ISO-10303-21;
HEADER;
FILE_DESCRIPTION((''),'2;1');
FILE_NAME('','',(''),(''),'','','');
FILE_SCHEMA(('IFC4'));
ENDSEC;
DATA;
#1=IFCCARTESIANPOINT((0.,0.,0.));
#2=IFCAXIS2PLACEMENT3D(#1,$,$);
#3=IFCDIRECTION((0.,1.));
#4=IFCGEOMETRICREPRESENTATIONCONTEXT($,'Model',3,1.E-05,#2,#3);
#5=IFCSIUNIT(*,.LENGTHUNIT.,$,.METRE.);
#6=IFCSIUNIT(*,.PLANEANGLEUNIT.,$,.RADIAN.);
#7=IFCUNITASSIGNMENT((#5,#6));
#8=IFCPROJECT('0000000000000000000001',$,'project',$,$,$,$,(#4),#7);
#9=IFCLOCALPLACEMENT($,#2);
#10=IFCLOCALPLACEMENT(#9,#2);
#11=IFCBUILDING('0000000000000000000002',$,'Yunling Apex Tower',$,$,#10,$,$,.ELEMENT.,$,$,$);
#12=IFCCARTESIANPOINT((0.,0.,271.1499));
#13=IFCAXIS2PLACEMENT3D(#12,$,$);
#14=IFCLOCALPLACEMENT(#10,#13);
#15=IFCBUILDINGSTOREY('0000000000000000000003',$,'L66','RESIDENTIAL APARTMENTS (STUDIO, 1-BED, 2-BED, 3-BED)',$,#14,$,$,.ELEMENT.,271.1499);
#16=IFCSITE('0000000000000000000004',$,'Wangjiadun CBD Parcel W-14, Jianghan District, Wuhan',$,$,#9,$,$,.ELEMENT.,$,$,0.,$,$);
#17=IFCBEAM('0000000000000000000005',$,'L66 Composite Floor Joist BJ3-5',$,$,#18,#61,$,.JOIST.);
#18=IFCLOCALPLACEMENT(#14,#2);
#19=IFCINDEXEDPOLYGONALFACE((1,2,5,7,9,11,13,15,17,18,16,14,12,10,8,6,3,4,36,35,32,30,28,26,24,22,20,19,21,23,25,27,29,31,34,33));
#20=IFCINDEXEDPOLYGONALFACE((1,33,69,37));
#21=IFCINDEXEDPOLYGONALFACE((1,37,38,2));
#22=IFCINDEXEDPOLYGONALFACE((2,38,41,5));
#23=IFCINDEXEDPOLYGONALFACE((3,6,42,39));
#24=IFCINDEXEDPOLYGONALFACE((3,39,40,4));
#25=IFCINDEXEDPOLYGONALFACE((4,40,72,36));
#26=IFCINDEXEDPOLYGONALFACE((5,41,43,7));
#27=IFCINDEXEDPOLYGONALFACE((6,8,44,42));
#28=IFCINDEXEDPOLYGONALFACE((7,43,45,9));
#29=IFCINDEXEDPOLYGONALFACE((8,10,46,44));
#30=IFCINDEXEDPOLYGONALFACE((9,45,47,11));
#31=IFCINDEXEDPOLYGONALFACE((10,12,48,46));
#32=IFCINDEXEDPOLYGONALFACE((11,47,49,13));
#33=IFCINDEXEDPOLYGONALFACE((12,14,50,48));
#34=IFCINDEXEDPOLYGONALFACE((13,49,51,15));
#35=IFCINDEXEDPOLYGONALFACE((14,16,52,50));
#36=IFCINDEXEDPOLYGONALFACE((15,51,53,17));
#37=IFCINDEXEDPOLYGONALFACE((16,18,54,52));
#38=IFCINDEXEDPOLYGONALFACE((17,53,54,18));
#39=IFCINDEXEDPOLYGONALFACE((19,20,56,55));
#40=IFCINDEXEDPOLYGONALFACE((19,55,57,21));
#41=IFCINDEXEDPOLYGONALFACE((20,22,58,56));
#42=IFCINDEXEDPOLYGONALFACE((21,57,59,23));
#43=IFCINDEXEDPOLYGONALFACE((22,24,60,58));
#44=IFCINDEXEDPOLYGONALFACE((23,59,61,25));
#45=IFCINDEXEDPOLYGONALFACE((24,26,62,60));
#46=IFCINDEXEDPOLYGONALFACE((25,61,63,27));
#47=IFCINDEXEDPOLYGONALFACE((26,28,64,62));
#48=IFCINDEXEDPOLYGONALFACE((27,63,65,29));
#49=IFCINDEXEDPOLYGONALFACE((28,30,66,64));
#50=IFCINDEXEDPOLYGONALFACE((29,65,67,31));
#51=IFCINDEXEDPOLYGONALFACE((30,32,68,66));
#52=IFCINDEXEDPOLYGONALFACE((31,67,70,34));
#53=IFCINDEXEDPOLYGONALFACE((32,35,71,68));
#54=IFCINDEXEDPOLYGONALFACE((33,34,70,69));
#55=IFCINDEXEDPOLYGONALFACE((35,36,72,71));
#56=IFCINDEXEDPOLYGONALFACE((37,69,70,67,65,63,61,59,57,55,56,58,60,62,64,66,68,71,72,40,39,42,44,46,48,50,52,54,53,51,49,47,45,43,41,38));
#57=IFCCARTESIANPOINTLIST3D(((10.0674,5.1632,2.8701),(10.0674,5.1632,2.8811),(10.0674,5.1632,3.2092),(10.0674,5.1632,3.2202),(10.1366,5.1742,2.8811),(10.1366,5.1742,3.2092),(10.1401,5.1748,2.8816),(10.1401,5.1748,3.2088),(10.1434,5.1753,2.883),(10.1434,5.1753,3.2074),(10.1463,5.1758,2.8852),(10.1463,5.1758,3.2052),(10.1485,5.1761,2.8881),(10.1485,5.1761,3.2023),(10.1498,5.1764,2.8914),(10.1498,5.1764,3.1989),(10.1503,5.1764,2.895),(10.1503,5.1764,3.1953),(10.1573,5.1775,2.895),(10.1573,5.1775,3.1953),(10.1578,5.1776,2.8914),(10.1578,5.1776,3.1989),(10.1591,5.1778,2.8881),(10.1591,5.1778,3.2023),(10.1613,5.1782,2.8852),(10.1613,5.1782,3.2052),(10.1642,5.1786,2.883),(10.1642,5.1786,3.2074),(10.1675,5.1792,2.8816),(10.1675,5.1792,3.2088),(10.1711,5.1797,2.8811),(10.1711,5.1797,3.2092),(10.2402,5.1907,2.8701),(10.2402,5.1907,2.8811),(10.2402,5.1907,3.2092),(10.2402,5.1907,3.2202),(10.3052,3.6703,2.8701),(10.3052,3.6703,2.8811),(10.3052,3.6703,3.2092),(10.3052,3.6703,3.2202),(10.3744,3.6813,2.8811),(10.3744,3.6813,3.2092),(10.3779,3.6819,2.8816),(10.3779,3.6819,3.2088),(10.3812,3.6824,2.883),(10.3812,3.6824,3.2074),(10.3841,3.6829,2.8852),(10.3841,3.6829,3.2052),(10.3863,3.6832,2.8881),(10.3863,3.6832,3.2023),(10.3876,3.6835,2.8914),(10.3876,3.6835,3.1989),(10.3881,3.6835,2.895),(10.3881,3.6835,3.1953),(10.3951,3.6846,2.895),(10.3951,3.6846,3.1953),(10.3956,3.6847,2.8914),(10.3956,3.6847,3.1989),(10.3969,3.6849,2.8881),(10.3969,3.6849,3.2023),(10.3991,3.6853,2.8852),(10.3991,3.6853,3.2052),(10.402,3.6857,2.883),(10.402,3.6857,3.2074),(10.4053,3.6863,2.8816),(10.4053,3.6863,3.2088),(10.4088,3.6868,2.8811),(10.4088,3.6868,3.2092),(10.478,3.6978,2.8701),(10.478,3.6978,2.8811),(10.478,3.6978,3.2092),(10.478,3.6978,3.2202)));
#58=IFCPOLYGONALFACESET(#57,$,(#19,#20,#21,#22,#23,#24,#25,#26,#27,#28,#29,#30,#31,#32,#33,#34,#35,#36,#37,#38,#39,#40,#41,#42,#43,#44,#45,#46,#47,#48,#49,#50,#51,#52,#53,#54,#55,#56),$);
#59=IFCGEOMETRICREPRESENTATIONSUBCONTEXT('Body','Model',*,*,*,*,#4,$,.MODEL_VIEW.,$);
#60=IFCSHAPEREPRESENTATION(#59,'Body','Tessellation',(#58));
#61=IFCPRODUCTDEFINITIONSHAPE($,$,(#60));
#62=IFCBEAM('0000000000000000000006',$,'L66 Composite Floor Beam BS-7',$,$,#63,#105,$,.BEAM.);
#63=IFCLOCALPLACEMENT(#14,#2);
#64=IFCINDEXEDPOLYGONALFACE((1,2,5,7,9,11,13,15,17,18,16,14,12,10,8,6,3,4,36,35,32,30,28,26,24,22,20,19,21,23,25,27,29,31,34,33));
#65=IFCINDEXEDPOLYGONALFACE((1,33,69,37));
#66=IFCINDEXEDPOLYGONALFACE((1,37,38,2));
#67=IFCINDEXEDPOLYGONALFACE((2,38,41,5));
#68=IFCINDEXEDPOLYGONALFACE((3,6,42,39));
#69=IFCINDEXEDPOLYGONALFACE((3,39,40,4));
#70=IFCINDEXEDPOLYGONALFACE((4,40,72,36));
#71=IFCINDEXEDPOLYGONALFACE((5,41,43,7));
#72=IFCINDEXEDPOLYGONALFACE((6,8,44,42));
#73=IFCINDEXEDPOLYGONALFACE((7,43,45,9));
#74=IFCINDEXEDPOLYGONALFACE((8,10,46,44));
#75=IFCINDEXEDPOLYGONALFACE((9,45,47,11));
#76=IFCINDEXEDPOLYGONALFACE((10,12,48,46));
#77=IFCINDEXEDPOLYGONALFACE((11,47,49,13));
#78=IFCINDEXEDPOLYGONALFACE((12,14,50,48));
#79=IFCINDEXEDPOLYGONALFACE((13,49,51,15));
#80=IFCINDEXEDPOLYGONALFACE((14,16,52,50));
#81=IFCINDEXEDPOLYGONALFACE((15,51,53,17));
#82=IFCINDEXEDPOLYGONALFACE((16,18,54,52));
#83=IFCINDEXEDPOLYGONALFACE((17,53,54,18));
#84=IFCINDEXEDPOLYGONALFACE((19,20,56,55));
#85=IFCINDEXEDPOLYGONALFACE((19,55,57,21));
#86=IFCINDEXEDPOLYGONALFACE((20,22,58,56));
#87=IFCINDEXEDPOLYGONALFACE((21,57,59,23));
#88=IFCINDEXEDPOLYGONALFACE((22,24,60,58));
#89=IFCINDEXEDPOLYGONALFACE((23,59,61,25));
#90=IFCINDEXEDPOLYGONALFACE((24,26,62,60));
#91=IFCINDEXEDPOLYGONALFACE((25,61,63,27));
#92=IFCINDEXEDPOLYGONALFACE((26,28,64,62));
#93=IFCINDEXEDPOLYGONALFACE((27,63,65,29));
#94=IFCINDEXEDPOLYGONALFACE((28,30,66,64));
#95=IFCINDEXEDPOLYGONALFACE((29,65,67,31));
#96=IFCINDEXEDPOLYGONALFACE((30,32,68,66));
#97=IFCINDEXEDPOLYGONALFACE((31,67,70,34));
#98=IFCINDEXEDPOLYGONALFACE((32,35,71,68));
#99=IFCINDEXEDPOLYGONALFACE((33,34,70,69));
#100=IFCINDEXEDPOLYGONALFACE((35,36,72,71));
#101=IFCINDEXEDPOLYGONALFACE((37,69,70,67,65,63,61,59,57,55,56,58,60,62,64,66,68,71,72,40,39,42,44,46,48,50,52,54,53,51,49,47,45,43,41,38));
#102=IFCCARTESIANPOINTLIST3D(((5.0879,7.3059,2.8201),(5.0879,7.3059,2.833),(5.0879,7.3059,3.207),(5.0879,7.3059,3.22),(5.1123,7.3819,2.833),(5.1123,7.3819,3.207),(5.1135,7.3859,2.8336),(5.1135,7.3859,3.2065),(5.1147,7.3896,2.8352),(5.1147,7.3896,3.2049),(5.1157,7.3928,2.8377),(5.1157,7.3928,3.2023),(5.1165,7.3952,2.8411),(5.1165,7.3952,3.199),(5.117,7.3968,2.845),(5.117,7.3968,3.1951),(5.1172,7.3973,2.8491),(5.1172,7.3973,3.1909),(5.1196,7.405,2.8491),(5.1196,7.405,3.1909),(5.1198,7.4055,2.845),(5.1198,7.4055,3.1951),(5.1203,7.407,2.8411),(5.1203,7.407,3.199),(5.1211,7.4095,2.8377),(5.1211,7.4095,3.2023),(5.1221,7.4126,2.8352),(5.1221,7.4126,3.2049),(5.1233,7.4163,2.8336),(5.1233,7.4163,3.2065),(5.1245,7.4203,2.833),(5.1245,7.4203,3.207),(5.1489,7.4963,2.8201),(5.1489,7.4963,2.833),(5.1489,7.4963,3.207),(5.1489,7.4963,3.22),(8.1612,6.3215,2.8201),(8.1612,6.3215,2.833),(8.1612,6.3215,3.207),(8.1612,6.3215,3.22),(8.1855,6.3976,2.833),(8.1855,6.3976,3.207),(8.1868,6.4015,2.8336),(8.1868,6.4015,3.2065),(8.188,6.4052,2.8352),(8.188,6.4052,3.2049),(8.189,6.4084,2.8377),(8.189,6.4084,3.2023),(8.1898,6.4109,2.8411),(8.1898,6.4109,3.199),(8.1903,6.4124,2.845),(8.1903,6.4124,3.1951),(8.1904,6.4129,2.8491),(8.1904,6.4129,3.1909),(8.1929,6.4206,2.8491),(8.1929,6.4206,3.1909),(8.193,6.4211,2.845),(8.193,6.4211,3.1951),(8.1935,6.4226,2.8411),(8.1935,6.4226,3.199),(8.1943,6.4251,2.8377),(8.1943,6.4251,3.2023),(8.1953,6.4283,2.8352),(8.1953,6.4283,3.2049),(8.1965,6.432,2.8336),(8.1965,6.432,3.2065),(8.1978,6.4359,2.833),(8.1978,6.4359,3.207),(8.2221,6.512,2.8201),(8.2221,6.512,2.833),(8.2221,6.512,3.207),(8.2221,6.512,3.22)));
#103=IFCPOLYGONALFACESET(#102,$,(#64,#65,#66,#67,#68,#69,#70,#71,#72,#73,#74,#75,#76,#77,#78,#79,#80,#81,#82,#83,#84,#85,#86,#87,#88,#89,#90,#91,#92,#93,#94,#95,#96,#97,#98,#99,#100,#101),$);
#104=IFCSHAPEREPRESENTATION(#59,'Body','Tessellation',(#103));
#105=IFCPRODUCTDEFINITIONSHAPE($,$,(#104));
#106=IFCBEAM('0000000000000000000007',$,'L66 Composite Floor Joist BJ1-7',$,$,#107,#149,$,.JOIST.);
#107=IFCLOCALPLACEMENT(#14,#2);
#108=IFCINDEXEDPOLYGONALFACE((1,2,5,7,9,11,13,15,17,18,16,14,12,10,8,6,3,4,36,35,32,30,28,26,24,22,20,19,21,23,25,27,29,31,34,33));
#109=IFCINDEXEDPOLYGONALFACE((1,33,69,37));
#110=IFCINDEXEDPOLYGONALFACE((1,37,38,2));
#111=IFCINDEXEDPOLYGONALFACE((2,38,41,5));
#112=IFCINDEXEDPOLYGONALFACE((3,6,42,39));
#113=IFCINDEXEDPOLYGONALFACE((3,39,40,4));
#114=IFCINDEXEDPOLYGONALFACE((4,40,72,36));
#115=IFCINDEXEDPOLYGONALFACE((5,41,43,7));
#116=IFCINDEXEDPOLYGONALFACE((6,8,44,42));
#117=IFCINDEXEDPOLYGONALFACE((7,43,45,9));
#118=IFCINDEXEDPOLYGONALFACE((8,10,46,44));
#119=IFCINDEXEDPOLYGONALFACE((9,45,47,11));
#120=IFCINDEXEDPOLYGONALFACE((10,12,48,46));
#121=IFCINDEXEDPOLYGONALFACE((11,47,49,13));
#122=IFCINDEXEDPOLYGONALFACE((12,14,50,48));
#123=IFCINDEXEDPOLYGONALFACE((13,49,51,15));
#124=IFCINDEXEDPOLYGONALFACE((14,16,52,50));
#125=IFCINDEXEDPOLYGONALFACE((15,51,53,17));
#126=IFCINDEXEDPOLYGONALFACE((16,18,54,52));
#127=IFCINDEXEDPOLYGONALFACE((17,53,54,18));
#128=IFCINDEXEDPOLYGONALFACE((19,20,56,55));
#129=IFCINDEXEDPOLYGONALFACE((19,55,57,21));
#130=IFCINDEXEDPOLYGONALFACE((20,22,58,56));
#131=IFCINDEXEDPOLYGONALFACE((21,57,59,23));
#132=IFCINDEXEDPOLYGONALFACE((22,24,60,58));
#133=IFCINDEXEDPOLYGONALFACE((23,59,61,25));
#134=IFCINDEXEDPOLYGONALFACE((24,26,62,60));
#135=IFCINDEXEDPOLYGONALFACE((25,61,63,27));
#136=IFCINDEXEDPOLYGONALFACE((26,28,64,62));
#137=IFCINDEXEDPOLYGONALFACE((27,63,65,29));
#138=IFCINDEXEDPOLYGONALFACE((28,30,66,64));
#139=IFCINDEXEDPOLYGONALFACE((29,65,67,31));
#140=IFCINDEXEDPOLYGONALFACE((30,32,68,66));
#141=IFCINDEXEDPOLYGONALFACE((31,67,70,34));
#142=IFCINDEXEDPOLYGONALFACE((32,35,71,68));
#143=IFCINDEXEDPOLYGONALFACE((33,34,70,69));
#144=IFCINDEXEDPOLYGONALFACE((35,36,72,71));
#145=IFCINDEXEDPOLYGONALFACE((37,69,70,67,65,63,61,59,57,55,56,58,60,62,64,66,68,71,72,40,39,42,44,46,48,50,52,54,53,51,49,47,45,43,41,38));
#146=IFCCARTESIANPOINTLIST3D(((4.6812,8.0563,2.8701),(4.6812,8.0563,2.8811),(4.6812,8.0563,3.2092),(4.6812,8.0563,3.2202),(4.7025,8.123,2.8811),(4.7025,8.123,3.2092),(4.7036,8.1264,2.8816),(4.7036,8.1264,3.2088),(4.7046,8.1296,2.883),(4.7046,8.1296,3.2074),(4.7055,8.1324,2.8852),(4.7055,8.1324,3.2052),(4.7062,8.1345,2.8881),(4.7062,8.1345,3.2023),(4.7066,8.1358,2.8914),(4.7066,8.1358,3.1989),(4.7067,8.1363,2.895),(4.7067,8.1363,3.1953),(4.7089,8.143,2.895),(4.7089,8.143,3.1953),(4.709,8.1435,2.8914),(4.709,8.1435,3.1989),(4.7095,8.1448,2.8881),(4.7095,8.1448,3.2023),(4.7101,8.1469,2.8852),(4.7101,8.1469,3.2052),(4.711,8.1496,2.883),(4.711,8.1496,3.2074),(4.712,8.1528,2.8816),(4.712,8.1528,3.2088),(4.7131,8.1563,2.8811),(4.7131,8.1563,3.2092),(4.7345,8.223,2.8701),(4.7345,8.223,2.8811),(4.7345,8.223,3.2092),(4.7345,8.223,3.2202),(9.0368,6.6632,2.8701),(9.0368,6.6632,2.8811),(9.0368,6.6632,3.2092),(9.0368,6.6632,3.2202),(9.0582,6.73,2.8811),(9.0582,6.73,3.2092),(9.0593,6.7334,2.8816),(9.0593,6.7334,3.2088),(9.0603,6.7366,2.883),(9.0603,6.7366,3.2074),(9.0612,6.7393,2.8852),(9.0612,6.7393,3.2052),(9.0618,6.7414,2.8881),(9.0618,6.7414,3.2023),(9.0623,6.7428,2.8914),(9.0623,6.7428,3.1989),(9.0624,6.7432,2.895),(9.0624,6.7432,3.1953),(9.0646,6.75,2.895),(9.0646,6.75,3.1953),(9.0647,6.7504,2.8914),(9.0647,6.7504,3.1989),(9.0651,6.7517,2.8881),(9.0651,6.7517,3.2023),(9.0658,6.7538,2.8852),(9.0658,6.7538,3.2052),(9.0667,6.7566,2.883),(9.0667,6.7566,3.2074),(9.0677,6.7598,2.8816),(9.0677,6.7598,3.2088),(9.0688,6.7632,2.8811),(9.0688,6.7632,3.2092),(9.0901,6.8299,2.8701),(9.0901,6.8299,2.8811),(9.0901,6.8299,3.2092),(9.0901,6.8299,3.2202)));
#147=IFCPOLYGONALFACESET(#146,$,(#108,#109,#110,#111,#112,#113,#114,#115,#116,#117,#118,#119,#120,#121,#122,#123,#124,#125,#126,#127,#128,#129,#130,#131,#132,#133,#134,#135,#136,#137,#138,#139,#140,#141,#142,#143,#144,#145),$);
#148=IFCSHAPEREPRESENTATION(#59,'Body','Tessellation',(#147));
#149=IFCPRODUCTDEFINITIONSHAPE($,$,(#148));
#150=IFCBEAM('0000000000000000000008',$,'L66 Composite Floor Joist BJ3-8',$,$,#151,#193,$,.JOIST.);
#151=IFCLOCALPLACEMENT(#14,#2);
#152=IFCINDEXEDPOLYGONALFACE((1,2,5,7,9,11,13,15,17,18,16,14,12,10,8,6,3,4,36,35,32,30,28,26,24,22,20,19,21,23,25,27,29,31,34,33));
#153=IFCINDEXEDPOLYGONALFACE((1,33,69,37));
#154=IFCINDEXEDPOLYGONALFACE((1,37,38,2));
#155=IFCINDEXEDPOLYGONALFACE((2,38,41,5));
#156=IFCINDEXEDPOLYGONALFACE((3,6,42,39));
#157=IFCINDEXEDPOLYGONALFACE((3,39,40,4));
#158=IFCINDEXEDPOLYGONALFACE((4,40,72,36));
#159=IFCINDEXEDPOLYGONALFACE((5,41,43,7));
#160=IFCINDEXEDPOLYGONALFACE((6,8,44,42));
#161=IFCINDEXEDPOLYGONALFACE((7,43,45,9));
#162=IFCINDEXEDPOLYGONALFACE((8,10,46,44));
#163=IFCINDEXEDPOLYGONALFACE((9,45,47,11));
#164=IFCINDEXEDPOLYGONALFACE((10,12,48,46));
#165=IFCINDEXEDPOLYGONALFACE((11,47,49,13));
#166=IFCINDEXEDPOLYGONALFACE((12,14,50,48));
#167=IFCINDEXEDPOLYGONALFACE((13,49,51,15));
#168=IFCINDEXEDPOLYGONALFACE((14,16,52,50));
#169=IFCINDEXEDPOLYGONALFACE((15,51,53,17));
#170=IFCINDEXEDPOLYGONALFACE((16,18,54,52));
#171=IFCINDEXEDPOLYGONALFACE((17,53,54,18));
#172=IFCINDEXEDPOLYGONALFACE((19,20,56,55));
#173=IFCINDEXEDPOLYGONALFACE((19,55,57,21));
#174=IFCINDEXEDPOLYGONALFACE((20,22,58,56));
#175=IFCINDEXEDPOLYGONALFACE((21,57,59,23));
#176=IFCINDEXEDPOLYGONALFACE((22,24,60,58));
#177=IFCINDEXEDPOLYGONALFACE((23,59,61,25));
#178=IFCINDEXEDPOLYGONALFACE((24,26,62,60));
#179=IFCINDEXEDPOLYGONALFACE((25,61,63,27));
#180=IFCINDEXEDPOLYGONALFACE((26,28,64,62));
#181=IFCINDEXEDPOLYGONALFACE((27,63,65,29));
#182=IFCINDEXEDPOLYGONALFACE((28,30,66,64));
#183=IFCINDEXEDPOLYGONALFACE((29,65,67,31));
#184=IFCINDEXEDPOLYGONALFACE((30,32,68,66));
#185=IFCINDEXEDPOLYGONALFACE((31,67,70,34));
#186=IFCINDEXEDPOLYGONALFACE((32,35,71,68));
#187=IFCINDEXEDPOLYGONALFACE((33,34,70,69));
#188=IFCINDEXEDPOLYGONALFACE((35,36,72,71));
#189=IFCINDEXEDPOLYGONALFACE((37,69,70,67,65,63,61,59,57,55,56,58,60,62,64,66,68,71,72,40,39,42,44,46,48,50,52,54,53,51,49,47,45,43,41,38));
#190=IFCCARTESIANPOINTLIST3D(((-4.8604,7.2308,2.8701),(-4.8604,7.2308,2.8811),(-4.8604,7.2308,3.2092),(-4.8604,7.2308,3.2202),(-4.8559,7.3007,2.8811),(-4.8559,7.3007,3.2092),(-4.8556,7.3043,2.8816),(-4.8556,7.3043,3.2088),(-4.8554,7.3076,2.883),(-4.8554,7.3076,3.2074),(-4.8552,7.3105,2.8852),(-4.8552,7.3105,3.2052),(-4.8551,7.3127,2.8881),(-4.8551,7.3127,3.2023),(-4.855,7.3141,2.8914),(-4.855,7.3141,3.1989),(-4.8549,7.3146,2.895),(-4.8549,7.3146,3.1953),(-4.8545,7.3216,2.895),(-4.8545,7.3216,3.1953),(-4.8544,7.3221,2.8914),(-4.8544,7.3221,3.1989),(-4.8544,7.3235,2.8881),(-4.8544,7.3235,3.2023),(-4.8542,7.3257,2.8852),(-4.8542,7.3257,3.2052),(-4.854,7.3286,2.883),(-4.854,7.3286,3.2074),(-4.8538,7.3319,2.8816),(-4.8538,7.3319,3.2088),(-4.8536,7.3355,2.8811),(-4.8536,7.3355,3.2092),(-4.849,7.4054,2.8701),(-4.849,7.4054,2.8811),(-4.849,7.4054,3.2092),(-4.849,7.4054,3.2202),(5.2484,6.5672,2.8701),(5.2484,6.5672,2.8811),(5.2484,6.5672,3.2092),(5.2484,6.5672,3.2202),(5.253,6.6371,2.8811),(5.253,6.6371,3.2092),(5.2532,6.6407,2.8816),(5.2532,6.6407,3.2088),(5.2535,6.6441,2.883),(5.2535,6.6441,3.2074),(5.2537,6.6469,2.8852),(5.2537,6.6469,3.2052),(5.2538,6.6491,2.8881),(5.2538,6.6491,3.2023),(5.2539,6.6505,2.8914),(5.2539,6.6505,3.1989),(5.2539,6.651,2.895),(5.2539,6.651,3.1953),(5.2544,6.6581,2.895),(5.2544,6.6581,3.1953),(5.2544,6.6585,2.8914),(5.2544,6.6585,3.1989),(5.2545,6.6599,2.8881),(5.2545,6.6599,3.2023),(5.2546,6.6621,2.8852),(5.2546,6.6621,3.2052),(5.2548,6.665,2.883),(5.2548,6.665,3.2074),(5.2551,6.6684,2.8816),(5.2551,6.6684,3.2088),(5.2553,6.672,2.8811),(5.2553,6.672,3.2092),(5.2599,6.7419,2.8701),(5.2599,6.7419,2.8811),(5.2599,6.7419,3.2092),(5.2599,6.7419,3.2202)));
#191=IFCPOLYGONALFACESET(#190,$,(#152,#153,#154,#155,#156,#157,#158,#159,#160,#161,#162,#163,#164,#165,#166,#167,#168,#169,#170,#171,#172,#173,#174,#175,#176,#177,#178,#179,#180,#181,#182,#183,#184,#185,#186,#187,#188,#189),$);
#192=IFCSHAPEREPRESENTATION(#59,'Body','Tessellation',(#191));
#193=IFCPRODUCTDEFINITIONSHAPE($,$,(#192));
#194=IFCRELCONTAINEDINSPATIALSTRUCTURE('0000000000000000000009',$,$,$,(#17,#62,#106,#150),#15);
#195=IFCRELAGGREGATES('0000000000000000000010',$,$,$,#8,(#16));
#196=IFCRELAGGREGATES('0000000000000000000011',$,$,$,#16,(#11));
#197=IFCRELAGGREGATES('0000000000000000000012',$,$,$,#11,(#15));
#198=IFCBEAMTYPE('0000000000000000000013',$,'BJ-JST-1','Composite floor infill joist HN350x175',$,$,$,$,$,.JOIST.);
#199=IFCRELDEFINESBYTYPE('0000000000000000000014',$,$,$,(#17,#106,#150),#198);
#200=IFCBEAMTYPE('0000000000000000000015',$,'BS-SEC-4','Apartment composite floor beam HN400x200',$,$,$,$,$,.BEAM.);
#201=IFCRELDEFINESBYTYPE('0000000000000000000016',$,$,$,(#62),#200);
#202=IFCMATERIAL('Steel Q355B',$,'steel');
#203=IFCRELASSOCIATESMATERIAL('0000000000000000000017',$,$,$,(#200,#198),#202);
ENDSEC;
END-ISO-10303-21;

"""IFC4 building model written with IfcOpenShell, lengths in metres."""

from ifc_helpers import new_model, si_unit, direction, frame, origin, origin_2d, place, context, subcontext, project, spatial, i_section, extrude, source, transform, mapped, material, material_profile, profile_set, type_object, element, save


model = new_model("IFC4")

# Units and contexts
model_context = context("Model", 3, precision=1e-05, world=origin(), true_north=direction((0.0, 1.0)))
body_context = subcontext(model_context, "Body", "Model", "MODEL_VIEW")
ifc_project = project(units=[si_unit("LENGTHUNIT", "METRE"), si_unit("PLANEANGLEUNIT", "RADIAN")], contexts=[model_context])

# Site, building, storey
site_placement = place(None, origin())
site = spatial("IfcSite", under=ifc_project, at=site_placement, Name="Wangjiadun CBD Parcel W-14, Jianghan District, Wuhan", CompositionType="ELEMENT", RefElevation=0.0)
building_placement = place(site_placement, origin())
building = spatial("IfcBuilding", under=site, at=building_placement, Name="Yunling Apex Tower", CompositionType="ELEMENT")
storey_placement = place(building_placement, frame((0.0, 0.0, 271.1499)))
storey = spatial("IfcBuildingStorey", under=building, at=storey_placement, Name="L66", Description="RESIDENTIAL APARTMENTS (STUDIO, 1-BED, 2-BED, 3-BED)", CompositionType="ELEMENT", Elevation=271.1499)

# Shared definitions
ifc_material_1 = material(Name="Steel Q355B", Category="steel")

# Beams
ifc_material_profile_1 = material_profile(ifc_material_1, i_section(OverallWidth=0.2, OverallDepth=0.3999, WebThickness=0.0081, FlangeThickness=0.0129, FilletRadius=0.0161, at=origin_2d()))
ifc_profile_set_1 = profile_set([ifc_material_profile_1], Name="Steel Q355B")
beam_type_1 = type_object("IfcBeamType", Name="BS-SEC-4", Description="Apartment composite floor beam HN400x200", PredefinedType="BEAM", material=ifc_profile_set_1)
ifc_material_profile_2 = material_profile(ifc_material_1, i_section(OverallWidth=0.175, OverallDepth=0.3501, WebThickness=0.0071, FlangeThickness=0.011, FilletRadius=0.0139, at=origin_2d()))
ifc_profile_set_2 = profile_set([ifc_material_profile_2], Name="Steel Q355B")
beam_type_2 = type_object("IfcBeamType", Name="BJ-JST-1", Description="Composite floor infill joist HN350x175", PredefinedType="JOIST", material=ifc_profile_set_2)
shared_shape_1 = source(origin(), body_context, "Body", "SweptSolid", [
    extrude(i_section(OverallWidth=0.175, OverallDepth=0.3501, WebThickness=0.0071, FlangeThickness=0.011, FilletRadius=0.0139, at=origin_2d()), origin(), (0.0, 0.0, 1.0), 1.5117),
])
beam_1_placement = place(storey_placement, frame((10.3916, 3.6841, 3.0452), z_axis=(-0.157298, 0.987551, 0.0), x_axis=(-0.987551, -0.157298, 0.0)))
element("IfcBeam", 1, at=beam_1_placement, inside=storey, type_object=beam_type_2, Name="L66 Composite Floor Joist BJ3-5", PredefinedType="JOIST", context=body_context, shape_type="MappedRepresentation", body=[
    mapped(shared_shape_1, transform((0.0, 0.0, 0.0), scale=1.0)),
])
shared_shape_2 = source(origin(), body_context, "Body", "SweptSolid", [
    extrude(i_section(OverallWidth=0.2, OverallDepth=0.3999, WebThickness=0.0081, FlangeThickness=0.0129, FilletRadius=0.0161, at=origin_2d()), origin(), (0.0, 0.0, 1.0), 3.2271),
])
beam_2_placement = place(storey_placement, frame((8.1917, 6.4167, 3.02), z_axis=(-0.95234, 0.305039, 0.0), x_axis=(-0.305039, -0.95234, 0.0)))
element("IfcBeam", 2, at=beam_2_placement, inside=storey, type_object=beam_type_1, Name="L66 Composite Floor Beam BS-7", PredefinedType="BEAM", context=body_context, shape_type="MappedRepresentation", body=[
    mapped(shared_shape_2, transform((0.0, 0.0, 0.0), scale=1.0)),
])
shared_shape_3 = source(origin(), body_context, "Body", "SweptSolid", [
    extrude(i_section(OverallWidth=0.175, OverallDepth=0.3501, WebThickness=0.0071, FlangeThickness=0.011, FilletRadius=0.0139, at=origin_2d()), origin(), (0.0, 0.0, 1.0), 4.573),
])
beam_3_placement = place(storey_placement, frame((9.0635, 6.7466, 3.0452), z_axis=(-0.952472, 0.304625, 0.0), x_axis=(-0.304625, -0.952472, 0.0)))
element("IfcBeam", 3, at=beam_3_placement, inside=storey, type_object=beam_type_2, Name="L66 Composite Floor Joist BJ1-7", PredefinedType="JOIST", context=body_context, shape_type="MappedRepresentation", body=[
    mapped(shared_shape_3, transform((0.0, 0.0, 0.0), scale=1.0)),
])
shared_shape_4 = source(origin(), body_context, "Body", "SweptSolid", [
    extrude(i_section(OverallWidth=0.175, OverallDepth=0.3501, WebThickness=0.0071, FlangeThickness=0.011, FilletRadius=0.0139, at=origin_2d()), origin(), (0.0, 0.0, 1.0), 10.1306),
])
beam_4_placement = place(storey_placement, frame((5.2542, 6.6545, 3.0452), z_axis=(-0.997852, 0.065502, 0.0), x_axis=(-0.065502, -0.997852, 0.0)))
element("IfcBeam", 4, at=beam_4_placement, inside=storey, type_object=beam_type_2, Name="L66 Composite Floor Joist BJ3-8", PredefinedType="JOIST", context=body_context, shape_type="MappedRepresentation", body=[
    mapped(shared_shape_4, transform((0.0, 0.0, 0.0), scale=1.0)),
])

save(model, "model.ifc")
